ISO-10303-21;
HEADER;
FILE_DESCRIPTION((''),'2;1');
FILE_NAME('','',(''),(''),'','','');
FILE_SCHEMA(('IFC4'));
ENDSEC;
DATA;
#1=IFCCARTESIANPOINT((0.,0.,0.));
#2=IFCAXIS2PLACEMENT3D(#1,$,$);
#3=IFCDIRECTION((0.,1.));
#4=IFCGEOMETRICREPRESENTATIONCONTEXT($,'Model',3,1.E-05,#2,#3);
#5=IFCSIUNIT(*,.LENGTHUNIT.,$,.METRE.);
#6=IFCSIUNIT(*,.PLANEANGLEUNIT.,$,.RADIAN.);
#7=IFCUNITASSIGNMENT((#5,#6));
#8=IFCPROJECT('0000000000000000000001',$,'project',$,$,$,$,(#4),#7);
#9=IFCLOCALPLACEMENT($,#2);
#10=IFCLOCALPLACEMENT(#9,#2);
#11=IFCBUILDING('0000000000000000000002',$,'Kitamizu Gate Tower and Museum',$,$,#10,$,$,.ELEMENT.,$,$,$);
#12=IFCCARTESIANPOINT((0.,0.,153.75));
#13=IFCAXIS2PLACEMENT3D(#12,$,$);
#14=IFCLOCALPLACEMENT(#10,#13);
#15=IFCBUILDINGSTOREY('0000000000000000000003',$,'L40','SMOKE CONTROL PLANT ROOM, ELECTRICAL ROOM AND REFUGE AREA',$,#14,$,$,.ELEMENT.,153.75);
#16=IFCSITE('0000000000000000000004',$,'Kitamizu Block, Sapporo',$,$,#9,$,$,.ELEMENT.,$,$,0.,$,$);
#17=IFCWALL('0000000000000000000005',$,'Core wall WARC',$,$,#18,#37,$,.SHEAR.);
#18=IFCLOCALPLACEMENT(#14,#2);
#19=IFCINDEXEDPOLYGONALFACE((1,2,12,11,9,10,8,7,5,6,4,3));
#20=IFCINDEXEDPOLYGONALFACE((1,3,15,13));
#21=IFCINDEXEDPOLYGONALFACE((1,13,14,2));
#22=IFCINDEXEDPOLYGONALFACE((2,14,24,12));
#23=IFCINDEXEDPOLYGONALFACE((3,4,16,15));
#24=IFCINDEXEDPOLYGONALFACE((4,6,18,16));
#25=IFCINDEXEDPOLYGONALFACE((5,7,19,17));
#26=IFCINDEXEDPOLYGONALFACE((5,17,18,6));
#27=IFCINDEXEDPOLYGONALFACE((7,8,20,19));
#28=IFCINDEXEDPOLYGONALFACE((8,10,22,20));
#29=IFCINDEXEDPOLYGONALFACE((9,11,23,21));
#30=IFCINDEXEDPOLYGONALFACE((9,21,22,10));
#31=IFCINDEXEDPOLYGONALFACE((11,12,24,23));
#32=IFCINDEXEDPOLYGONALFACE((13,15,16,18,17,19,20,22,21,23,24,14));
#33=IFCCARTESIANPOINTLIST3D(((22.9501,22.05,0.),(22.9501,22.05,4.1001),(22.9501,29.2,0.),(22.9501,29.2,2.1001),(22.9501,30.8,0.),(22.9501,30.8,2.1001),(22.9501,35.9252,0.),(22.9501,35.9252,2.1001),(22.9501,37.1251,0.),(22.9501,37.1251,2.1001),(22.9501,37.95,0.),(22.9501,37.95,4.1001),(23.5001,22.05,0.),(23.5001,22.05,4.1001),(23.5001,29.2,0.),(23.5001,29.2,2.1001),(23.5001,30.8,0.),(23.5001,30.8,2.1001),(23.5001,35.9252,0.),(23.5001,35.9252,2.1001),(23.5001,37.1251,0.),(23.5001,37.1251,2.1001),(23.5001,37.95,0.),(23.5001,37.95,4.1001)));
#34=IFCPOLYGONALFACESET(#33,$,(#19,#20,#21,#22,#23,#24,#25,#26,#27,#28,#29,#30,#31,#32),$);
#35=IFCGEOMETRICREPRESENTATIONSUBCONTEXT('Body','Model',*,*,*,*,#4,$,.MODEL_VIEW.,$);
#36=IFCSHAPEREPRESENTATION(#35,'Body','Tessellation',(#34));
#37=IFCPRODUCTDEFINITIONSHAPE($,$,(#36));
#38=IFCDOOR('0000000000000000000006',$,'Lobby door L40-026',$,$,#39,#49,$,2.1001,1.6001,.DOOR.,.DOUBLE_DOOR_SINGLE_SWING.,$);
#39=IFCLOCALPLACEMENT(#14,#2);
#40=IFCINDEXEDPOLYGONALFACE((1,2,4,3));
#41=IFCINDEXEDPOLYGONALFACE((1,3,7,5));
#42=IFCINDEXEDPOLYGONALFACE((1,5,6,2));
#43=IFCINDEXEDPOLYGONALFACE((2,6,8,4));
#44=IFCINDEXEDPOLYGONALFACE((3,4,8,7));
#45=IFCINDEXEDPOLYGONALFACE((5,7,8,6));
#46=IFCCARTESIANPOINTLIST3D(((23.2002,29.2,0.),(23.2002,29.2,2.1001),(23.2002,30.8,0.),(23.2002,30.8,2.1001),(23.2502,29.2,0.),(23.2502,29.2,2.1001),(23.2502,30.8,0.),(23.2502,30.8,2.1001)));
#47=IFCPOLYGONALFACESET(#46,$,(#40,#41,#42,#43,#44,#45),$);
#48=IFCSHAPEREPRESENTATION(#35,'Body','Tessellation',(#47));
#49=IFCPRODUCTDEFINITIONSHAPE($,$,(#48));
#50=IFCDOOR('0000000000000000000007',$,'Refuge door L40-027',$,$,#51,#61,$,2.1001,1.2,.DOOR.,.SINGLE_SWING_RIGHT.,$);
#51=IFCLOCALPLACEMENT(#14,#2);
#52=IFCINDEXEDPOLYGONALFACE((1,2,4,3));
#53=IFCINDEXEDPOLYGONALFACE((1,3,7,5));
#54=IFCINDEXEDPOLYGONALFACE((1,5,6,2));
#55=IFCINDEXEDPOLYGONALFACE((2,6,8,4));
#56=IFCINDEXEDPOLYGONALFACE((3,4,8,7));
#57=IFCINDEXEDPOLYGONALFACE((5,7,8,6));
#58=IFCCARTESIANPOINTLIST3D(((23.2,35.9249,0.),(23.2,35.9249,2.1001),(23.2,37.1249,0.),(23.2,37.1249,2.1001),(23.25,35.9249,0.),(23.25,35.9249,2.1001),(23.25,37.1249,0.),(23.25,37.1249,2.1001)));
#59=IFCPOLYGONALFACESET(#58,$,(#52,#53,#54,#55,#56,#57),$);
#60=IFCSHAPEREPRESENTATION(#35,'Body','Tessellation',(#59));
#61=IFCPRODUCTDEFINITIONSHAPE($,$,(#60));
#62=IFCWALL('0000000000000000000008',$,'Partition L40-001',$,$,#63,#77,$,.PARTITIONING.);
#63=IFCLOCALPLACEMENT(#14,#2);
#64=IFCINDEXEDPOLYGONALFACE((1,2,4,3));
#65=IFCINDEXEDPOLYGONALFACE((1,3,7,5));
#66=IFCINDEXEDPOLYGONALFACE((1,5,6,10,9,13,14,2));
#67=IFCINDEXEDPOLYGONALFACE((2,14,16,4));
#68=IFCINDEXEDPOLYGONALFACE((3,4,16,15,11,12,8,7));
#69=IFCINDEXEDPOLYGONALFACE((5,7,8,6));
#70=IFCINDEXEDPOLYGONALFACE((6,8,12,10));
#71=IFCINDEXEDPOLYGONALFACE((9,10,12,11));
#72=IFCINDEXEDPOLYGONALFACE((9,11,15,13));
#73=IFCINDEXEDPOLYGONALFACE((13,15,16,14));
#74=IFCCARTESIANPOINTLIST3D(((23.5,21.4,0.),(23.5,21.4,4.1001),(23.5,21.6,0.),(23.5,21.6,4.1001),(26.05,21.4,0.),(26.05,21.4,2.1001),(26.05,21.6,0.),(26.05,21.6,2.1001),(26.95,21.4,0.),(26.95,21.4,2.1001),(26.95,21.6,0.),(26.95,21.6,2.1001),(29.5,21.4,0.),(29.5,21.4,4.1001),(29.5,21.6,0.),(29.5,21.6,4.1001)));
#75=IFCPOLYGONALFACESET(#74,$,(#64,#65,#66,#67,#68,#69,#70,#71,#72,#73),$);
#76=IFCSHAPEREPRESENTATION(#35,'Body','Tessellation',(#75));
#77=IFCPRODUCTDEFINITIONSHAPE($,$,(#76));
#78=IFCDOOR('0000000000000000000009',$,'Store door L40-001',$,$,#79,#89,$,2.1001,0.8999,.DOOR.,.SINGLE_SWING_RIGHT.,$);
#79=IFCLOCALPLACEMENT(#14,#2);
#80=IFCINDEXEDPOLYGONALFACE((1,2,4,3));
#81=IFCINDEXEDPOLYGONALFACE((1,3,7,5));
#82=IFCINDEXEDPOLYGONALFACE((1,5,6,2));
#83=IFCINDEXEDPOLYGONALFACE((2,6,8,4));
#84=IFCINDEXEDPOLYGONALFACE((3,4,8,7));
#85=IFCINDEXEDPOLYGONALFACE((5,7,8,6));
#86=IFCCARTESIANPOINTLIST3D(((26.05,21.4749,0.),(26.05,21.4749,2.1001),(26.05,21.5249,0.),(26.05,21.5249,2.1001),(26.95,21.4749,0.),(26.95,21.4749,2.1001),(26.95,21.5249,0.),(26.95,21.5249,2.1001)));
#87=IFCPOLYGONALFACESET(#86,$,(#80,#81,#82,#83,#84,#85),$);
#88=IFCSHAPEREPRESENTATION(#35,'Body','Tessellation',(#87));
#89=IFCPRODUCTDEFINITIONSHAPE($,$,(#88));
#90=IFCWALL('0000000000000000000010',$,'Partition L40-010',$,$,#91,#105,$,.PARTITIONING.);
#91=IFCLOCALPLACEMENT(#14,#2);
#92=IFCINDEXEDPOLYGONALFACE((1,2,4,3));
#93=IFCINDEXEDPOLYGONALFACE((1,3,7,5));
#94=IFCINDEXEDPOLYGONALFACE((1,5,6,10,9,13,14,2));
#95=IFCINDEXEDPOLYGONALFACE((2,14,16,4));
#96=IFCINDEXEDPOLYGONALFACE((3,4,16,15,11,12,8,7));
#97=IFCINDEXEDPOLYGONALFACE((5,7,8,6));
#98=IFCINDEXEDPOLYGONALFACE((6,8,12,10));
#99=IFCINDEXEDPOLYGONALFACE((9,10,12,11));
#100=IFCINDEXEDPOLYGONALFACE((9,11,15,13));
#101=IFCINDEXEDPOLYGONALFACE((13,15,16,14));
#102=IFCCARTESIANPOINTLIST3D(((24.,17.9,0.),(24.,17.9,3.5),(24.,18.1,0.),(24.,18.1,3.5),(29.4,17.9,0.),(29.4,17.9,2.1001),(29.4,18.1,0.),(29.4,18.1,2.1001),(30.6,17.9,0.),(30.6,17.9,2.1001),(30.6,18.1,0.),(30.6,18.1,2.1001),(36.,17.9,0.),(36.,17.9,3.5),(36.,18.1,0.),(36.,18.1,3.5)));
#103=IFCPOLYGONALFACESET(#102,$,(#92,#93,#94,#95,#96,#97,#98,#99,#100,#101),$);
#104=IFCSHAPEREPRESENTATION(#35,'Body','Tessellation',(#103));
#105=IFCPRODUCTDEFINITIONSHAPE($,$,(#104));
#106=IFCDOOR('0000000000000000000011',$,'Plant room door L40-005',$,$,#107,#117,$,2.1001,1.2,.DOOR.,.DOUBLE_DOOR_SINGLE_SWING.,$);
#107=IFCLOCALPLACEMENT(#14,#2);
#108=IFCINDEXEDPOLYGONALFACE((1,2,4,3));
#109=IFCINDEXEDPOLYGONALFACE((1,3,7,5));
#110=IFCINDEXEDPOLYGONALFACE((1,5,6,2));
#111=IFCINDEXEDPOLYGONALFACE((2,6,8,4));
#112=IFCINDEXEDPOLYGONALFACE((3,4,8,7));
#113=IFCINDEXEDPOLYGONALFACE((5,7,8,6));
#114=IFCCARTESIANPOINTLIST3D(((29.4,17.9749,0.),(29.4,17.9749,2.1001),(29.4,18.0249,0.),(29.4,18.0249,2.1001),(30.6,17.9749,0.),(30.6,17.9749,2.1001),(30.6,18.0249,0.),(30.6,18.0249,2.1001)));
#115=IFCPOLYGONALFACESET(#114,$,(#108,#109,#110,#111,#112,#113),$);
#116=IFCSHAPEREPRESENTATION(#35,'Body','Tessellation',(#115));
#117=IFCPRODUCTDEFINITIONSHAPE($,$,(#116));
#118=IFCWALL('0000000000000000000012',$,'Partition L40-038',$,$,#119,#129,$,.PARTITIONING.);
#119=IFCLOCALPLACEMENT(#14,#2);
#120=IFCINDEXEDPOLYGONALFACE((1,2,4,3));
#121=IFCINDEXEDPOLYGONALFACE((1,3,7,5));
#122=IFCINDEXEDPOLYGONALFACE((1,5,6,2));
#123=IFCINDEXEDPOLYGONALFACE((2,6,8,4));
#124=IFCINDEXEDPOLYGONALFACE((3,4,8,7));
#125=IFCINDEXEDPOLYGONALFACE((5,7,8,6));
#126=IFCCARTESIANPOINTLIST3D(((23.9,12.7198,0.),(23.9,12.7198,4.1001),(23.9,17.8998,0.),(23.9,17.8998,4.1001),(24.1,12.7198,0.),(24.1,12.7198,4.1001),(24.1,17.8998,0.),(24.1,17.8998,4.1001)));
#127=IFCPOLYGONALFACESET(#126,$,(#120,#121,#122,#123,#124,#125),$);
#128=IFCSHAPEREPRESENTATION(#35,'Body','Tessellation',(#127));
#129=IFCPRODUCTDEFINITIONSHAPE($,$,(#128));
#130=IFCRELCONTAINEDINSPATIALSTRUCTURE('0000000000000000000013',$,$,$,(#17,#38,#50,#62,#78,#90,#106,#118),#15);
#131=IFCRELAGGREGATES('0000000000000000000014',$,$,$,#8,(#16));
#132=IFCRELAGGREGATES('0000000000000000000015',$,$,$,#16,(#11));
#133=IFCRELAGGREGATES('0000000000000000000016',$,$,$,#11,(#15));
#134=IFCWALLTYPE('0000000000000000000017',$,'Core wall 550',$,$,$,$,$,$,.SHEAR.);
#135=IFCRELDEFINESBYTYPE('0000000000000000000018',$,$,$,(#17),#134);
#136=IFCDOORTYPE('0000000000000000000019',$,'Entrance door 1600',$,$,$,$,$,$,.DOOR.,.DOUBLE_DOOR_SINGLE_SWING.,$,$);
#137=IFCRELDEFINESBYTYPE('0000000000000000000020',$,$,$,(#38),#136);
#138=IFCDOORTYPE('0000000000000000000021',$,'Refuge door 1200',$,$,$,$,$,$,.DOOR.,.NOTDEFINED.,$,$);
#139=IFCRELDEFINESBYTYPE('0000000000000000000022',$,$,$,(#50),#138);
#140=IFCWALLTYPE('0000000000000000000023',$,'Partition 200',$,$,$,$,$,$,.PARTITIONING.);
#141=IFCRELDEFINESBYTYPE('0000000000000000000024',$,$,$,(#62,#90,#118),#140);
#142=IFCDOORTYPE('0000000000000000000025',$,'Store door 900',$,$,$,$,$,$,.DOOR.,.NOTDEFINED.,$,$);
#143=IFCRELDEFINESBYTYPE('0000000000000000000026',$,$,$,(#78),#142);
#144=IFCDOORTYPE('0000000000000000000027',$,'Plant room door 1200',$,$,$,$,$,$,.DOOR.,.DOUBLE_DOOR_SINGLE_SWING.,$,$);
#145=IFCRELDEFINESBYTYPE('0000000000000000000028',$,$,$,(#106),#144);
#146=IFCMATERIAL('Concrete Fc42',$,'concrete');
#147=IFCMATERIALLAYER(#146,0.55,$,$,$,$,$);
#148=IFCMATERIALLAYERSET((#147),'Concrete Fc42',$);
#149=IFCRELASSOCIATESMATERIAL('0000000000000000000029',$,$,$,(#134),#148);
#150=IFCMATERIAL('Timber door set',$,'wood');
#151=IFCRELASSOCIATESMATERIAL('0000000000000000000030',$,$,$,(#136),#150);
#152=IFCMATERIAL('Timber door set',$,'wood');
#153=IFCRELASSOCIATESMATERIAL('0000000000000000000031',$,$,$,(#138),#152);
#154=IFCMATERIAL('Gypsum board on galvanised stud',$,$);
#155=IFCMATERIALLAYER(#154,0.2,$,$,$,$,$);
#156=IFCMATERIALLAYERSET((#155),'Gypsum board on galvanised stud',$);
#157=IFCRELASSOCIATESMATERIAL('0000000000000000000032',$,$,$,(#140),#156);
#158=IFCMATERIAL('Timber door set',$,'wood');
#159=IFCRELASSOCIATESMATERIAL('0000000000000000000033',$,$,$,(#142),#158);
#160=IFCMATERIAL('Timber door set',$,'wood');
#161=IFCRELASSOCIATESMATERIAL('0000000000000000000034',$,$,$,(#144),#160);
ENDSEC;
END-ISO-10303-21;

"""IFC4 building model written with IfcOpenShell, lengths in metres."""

from ifc_helpers import new_model, si_unit, direction, frame, frame_2d, origin, place, context, subcontext, project, spatial, rectangle, extrude, material, layer, layer_set, type_object, element, fill, save


model = new_model("IFC4")

# Units and contexts
model_context = context("Model", 3, precision=1e-05, world=origin(), true_north=direction((0.0, 1.0)))
body_context = subcontext(model_context, "Body", "Model", "MODEL_VIEW")
ifc_project = project(units=[si_unit("LENGTHUNIT", "METRE"), si_unit("PLANEANGLEUNIT", "RADIAN")], contexts=[model_context])

# Site, building, storey
site_placement = place(None, origin())
site = spatial("IfcSite", under=ifc_project, at=site_placement, Name="Kitamizu Block, Sapporo", CompositionType="ELEMENT", RefElevation=0.0)
building_placement = place(site_placement, origin())
building = spatial("IfcBuilding", under=site, at=building_placement, Name="Kitamizu Gate Tower and Museum", CompositionType="ELEMENT")
storey_placement = place(building_placement, frame((0.0, 0.0, 153.75)))
storey = spatial("IfcBuildingStorey", under=building, at=storey_placement, Name="L40", Description="SMOKE CONTROL PLANT ROOM, ELECTRICAL ROOM AND REFUGE AREA", CompositionType="ELEMENT", Elevation=153.75)

# Wall, openings, doors
ifc_material_1 = material(Name="Concrete Fc42", Category="concrete")
ifc_layer_1 = layer(ifc_material_1, 0.55)
ifc_layer_set_1 = layer_set([ifc_layer_1], Name="Concrete Fc42")
wall_type_1 = type_object("IfcWallType", Name="Core wall 550", PredefinedType="SHEAR", material=ifc_layer_set_1)
wall_1_placement = place(storey_placement, frame((23.2251, 22.05, 0.0), z_axis=(0.0, 0.0, 1.0), x_axis=(0.0, 1.0, 0.0)))
wall_1 = element("IfcWall", 1, at=wall_1_placement, inside=storey, type_object=wall_type_1, Name="Core wall WARC", PredefinedType="SHEAR", context=body_context, shape_type="SweptSolid", body=[
    extrude(rectangle(XDim=15.8999, YDim=0.55, at=frame_2d((7.95, 0.0))), origin(), (0.0, 0.0, 1.0), 4.1001),
])
opening_1_placement = place(wall_1_placement, frame((7.1499, 0.0, 0.0)))
opening_1 = element("IfcOpeningElement", 2, at=opening_1_placement, cuts=wall_1, PredefinedType="OPENING", context=body_context, shape_type="SweptSolid", body=[
    extrude(rectangle(XDim=1.6001, YDim=2.1001, at=frame_2d((0.8, 1.05))), frame((0.0, 0.2852, 0.0), z_axis=(0.0, -1.0, 0.0), x_axis=(1.0, 0.0, 0.0)), (0.0, 0.0, 1.0), 0.5701),
])
opening_2_placement = place(wall_1_placement, frame((13.875, 0.0, 0.0)))
opening_2 = element("IfcOpeningElement", 3, at=opening_2_placement, cuts=wall_1, PredefinedType="OPENING", context=body_context, shape_type="SweptSolid", body=[
    extrude(rectangle(XDim=1.2, YDim=2.1001, at=frame_2d((0.6001, 1.05))), frame((0.0, 0.2852, 0.0), z_axis=(0.0, -1.0, 0.0), x_axis=(1.0, 0.0, 0.0)), (0.0, 0.0, 1.0), 0.5701),
])
ifc_material_2 = material(Name="Timber door set", Category="wood")
door_type_1 = type_object("IfcDoorType", Name="Entrance door 1600", OperationType="DOUBLE_DOOR_SINGLE_SWING", PredefinedType="DOOR", material=ifc_material_2)
door_1_placement = place(opening_1_placement, origin())
door_1 = element("IfcDoor", 4, at=door_1_placement, inside=storey, type_object=door_type_1, Name="Lobby door L40-026", OperationType="DOUBLE_DOOR_SINGLE_SWING", OverallHeight=2.1001, OverallWidth=1.6001, PredefinedType="DOOR", context=body_context, shape_type="SweptSolid", body=[
    extrude(rectangle(XDim=1.6001, YDim=2.1001, at=frame_2d((0.8, 1.05))), frame((0.0, 0.0249, 0.0), z_axis=(0.0, -1.0, 0.0), x_axis=(1.0, 0.0, 0.0)), (0.0, 0.0, 1.0), 0.05),
])
fill(opening_1, door_1)
ifc_material_3 = material(Name="Timber door set", Category="wood")
door_type_2 = type_object("IfcDoorType", Name="Refuge door 1200", OperationType="NOTDEFINED", PredefinedType="DOOR", material=ifc_material_3)
door_2_placement = place(opening_2_placement, frame((1.2, 0.0, 0.0), x_axis=(-1.0, 0.0, 0.0)))
door_2 = element("IfcDoor", 5, at=door_2_placement, inside=storey, type_object=door_type_2, Name="Refuge door L40-027", OperationType="SINGLE_SWING_RIGHT", OverallHeight=2.1001, OverallWidth=1.2, PredefinedType="DOOR", context=body_context, shape_type="SweptSolid", body=[
    extrude(rectangle(XDim=1.2, YDim=2.1001, at=frame_2d((0.6001, 1.05))), frame((0.0, 0.0249, 0.0), z_axis=(0.0, -1.0, 0.0), x_axis=(1.0, 0.0, 0.0)), (0.0, 0.0, 1.0), 0.05),
])
fill(opening_2, door_2)

# Walls, openings, doors
ifc_material_4 = material(Name="Gypsum board on galvanised stud")
ifc_layer_2 = layer(ifc_material_4, 0.2)
ifc_layer_set_2 = layer_set([ifc_layer_2], Name="Gypsum board on galvanised stud")
wall_type_2 = type_object("IfcWallType", Name="Partition 200", PredefinedType="PARTITIONING", material=ifc_layer_set_2)
wall_2_placement = place(storey_placement, frame((23.5, 21.5, 0.0), z_axis=(0.0, 0.0, 1.0), x_axis=(1.0, 0.0, 0.0)))
wall_2 = element("IfcWall", 6, at=wall_2_placement, inside=storey, type_object=wall_type_2, Name="Partition L40-001", PredefinedType="PARTITIONING", context=body_context, shape_type="SweptSolid", body=[
    extrude(rectangle(XDim=6.0, YDim=0.2, at=frame_2d((3.0, 0.0))), origin(), (0.0, 0.0, 1.0), 4.1001),
])
opening_3_placement = place(wall_2_placement, frame((2.55, 0.0, 0.0)))
opening_3 = element("IfcOpeningElement", 7, at=opening_3_placement, cuts=wall_2, PredefinedType="OPENING", context=body_context, shape_type="SweptSolid", body=[
    extrude(rectangle(XDim=0.8999, YDim=2.1001, at=frame_2d((0.45, 1.05))), frame((0.0, 0.1099, 0.0), z_axis=(0.0, -1.0, 0.0), x_axis=(1.0, 0.0, 0.0)), (0.0, 0.0, 1.0), 0.22),
])
ifc_material_5 = material(Name="Timber door set", Category="wood")
door_type_3 = type_object("IfcDoorType", Name="Store door 900", OperationType="NOTDEFINED", PredefinedType="DOOR", material=ifc_material_5)
door_3_placement = place(opening_3_placement, origin())
door_3 = element("IfcDoor", 8, at=door_3_placement, inside=storey, type_object=door_type_3, Name="Store door L40-001", OperationType="SINGLE_SWING_RIGHT", OverallHeight=2.1001, OverallWidth=0.8999, PredefinedType="DOOR", context=body_context, shape_type="SweptSolid", body=[
    extrude(rectangle(XDim=0.8999, YDim=2.1001, at=frame_2d((0.45, 1.05))), frame((0.0, 0.0249, 0.0), z_axis=(0.0, -1.0, 0.0), x_axis=(1.0, 0.0, 0.0)), (0.0, 0.0, 1.0), 0.05),
])
fill(opening_3, door_3)
wall_3_placement = place(storey_placement, frame((24.0, 18.0, 0.0), z_axis=(0.0, 0.0, 1.0), x_axis=(1.0, 0.0, 0.0)))
wall_3 = element("IfcWall", 9, at=wall_3_placement, inside=storey, type_object=wall_type_2, Name="Partition L40-010", PredefinedType="PARTITIONING", context=body_context, shape_type="SweptSolid", body=[
    extrude(rectangle(XDim=12.0, YDim=0.2, at=frame_2d((6.0, 0.0))), origin(), (0.0, 0.0, 1.0), 3.5),
])
opening_4_placement = place(wall_3_placement, frame((5.3999, 0.0, 0.0)))
opening_4 = element("IfcOpeningElement", 10, at=opening_4_placement, cuts=wall_3, PredefinedType="OPENING", context=body_context, shape_type="SweptSolid", body=[
    extrude(rectangle(XDim=1.2, YDim=2.1001, at=frame_2d((0.6001, 1.05))), frame((0.0, 0.1099, 0.0), z_axis=(0.0, -1.0, 0.0), x_axis=(1.0, 0.0, 0.0)), (0.0, 0.0, 1.0), 0.22),
])
ifc_material_6 = material(Name="Timber door set", Category="wood")
door_type_4 = type_object("IfcDoorType", Name="Plant room door 1200", OperationType="DOUBLE_DOOR_SINGLE_SWING", PredefinedType="DOOR", material=ifc_material_6)
door_4_placement = place(opening_4_placement, origin())
door_4 = element("IfcDoor", 11, at=door_4_placement, inside=storey, type_object=door_type_4, Name="Plant room door L40-005", OperationType="DOUBLE_DOOR_SINGLE_SWING", OverallHeight=2.1001, OverallWidth=1.2, PredefinedType="DOOR", context=body_context, shape_type="SweptSolid", body=[
    extrude(rectangle(XDim=1.2, YDim=2.1001, at=frame_2d((0.6001, 1.05))), frame((0.0, 0.0249, 0.0), z_axis=(0.0, -1.0, 0.0), x_axis=(1.0, 0.0, 0.0)), (0.0, 0.0, 1.0), 0.05),
])
fill(opening_4, door_4)

# Wall
wall_4_placement = place(storey_placement, frame((24.0, 12.72, 0.0), z_axis=(0.0, 0.0, 1.0), x_axis=(0.0, 1.0, 0.0)))
element("IfcWall", 12, at=wall_4_placement, inside=storey, type_object=wall_type_2, Name="Partition L40-038", PredefinedType="PARTITIONING", context=body_context, shape_type="SweptSolid", body=[
    extrude(rectangle(XDim=5.1799, YDim=0.2, at=frame_2d((2.5898, 0.0))), origin(), (0.0, 0.0, 1.0), 4.1001),
])

save(model, "model.ifc")
